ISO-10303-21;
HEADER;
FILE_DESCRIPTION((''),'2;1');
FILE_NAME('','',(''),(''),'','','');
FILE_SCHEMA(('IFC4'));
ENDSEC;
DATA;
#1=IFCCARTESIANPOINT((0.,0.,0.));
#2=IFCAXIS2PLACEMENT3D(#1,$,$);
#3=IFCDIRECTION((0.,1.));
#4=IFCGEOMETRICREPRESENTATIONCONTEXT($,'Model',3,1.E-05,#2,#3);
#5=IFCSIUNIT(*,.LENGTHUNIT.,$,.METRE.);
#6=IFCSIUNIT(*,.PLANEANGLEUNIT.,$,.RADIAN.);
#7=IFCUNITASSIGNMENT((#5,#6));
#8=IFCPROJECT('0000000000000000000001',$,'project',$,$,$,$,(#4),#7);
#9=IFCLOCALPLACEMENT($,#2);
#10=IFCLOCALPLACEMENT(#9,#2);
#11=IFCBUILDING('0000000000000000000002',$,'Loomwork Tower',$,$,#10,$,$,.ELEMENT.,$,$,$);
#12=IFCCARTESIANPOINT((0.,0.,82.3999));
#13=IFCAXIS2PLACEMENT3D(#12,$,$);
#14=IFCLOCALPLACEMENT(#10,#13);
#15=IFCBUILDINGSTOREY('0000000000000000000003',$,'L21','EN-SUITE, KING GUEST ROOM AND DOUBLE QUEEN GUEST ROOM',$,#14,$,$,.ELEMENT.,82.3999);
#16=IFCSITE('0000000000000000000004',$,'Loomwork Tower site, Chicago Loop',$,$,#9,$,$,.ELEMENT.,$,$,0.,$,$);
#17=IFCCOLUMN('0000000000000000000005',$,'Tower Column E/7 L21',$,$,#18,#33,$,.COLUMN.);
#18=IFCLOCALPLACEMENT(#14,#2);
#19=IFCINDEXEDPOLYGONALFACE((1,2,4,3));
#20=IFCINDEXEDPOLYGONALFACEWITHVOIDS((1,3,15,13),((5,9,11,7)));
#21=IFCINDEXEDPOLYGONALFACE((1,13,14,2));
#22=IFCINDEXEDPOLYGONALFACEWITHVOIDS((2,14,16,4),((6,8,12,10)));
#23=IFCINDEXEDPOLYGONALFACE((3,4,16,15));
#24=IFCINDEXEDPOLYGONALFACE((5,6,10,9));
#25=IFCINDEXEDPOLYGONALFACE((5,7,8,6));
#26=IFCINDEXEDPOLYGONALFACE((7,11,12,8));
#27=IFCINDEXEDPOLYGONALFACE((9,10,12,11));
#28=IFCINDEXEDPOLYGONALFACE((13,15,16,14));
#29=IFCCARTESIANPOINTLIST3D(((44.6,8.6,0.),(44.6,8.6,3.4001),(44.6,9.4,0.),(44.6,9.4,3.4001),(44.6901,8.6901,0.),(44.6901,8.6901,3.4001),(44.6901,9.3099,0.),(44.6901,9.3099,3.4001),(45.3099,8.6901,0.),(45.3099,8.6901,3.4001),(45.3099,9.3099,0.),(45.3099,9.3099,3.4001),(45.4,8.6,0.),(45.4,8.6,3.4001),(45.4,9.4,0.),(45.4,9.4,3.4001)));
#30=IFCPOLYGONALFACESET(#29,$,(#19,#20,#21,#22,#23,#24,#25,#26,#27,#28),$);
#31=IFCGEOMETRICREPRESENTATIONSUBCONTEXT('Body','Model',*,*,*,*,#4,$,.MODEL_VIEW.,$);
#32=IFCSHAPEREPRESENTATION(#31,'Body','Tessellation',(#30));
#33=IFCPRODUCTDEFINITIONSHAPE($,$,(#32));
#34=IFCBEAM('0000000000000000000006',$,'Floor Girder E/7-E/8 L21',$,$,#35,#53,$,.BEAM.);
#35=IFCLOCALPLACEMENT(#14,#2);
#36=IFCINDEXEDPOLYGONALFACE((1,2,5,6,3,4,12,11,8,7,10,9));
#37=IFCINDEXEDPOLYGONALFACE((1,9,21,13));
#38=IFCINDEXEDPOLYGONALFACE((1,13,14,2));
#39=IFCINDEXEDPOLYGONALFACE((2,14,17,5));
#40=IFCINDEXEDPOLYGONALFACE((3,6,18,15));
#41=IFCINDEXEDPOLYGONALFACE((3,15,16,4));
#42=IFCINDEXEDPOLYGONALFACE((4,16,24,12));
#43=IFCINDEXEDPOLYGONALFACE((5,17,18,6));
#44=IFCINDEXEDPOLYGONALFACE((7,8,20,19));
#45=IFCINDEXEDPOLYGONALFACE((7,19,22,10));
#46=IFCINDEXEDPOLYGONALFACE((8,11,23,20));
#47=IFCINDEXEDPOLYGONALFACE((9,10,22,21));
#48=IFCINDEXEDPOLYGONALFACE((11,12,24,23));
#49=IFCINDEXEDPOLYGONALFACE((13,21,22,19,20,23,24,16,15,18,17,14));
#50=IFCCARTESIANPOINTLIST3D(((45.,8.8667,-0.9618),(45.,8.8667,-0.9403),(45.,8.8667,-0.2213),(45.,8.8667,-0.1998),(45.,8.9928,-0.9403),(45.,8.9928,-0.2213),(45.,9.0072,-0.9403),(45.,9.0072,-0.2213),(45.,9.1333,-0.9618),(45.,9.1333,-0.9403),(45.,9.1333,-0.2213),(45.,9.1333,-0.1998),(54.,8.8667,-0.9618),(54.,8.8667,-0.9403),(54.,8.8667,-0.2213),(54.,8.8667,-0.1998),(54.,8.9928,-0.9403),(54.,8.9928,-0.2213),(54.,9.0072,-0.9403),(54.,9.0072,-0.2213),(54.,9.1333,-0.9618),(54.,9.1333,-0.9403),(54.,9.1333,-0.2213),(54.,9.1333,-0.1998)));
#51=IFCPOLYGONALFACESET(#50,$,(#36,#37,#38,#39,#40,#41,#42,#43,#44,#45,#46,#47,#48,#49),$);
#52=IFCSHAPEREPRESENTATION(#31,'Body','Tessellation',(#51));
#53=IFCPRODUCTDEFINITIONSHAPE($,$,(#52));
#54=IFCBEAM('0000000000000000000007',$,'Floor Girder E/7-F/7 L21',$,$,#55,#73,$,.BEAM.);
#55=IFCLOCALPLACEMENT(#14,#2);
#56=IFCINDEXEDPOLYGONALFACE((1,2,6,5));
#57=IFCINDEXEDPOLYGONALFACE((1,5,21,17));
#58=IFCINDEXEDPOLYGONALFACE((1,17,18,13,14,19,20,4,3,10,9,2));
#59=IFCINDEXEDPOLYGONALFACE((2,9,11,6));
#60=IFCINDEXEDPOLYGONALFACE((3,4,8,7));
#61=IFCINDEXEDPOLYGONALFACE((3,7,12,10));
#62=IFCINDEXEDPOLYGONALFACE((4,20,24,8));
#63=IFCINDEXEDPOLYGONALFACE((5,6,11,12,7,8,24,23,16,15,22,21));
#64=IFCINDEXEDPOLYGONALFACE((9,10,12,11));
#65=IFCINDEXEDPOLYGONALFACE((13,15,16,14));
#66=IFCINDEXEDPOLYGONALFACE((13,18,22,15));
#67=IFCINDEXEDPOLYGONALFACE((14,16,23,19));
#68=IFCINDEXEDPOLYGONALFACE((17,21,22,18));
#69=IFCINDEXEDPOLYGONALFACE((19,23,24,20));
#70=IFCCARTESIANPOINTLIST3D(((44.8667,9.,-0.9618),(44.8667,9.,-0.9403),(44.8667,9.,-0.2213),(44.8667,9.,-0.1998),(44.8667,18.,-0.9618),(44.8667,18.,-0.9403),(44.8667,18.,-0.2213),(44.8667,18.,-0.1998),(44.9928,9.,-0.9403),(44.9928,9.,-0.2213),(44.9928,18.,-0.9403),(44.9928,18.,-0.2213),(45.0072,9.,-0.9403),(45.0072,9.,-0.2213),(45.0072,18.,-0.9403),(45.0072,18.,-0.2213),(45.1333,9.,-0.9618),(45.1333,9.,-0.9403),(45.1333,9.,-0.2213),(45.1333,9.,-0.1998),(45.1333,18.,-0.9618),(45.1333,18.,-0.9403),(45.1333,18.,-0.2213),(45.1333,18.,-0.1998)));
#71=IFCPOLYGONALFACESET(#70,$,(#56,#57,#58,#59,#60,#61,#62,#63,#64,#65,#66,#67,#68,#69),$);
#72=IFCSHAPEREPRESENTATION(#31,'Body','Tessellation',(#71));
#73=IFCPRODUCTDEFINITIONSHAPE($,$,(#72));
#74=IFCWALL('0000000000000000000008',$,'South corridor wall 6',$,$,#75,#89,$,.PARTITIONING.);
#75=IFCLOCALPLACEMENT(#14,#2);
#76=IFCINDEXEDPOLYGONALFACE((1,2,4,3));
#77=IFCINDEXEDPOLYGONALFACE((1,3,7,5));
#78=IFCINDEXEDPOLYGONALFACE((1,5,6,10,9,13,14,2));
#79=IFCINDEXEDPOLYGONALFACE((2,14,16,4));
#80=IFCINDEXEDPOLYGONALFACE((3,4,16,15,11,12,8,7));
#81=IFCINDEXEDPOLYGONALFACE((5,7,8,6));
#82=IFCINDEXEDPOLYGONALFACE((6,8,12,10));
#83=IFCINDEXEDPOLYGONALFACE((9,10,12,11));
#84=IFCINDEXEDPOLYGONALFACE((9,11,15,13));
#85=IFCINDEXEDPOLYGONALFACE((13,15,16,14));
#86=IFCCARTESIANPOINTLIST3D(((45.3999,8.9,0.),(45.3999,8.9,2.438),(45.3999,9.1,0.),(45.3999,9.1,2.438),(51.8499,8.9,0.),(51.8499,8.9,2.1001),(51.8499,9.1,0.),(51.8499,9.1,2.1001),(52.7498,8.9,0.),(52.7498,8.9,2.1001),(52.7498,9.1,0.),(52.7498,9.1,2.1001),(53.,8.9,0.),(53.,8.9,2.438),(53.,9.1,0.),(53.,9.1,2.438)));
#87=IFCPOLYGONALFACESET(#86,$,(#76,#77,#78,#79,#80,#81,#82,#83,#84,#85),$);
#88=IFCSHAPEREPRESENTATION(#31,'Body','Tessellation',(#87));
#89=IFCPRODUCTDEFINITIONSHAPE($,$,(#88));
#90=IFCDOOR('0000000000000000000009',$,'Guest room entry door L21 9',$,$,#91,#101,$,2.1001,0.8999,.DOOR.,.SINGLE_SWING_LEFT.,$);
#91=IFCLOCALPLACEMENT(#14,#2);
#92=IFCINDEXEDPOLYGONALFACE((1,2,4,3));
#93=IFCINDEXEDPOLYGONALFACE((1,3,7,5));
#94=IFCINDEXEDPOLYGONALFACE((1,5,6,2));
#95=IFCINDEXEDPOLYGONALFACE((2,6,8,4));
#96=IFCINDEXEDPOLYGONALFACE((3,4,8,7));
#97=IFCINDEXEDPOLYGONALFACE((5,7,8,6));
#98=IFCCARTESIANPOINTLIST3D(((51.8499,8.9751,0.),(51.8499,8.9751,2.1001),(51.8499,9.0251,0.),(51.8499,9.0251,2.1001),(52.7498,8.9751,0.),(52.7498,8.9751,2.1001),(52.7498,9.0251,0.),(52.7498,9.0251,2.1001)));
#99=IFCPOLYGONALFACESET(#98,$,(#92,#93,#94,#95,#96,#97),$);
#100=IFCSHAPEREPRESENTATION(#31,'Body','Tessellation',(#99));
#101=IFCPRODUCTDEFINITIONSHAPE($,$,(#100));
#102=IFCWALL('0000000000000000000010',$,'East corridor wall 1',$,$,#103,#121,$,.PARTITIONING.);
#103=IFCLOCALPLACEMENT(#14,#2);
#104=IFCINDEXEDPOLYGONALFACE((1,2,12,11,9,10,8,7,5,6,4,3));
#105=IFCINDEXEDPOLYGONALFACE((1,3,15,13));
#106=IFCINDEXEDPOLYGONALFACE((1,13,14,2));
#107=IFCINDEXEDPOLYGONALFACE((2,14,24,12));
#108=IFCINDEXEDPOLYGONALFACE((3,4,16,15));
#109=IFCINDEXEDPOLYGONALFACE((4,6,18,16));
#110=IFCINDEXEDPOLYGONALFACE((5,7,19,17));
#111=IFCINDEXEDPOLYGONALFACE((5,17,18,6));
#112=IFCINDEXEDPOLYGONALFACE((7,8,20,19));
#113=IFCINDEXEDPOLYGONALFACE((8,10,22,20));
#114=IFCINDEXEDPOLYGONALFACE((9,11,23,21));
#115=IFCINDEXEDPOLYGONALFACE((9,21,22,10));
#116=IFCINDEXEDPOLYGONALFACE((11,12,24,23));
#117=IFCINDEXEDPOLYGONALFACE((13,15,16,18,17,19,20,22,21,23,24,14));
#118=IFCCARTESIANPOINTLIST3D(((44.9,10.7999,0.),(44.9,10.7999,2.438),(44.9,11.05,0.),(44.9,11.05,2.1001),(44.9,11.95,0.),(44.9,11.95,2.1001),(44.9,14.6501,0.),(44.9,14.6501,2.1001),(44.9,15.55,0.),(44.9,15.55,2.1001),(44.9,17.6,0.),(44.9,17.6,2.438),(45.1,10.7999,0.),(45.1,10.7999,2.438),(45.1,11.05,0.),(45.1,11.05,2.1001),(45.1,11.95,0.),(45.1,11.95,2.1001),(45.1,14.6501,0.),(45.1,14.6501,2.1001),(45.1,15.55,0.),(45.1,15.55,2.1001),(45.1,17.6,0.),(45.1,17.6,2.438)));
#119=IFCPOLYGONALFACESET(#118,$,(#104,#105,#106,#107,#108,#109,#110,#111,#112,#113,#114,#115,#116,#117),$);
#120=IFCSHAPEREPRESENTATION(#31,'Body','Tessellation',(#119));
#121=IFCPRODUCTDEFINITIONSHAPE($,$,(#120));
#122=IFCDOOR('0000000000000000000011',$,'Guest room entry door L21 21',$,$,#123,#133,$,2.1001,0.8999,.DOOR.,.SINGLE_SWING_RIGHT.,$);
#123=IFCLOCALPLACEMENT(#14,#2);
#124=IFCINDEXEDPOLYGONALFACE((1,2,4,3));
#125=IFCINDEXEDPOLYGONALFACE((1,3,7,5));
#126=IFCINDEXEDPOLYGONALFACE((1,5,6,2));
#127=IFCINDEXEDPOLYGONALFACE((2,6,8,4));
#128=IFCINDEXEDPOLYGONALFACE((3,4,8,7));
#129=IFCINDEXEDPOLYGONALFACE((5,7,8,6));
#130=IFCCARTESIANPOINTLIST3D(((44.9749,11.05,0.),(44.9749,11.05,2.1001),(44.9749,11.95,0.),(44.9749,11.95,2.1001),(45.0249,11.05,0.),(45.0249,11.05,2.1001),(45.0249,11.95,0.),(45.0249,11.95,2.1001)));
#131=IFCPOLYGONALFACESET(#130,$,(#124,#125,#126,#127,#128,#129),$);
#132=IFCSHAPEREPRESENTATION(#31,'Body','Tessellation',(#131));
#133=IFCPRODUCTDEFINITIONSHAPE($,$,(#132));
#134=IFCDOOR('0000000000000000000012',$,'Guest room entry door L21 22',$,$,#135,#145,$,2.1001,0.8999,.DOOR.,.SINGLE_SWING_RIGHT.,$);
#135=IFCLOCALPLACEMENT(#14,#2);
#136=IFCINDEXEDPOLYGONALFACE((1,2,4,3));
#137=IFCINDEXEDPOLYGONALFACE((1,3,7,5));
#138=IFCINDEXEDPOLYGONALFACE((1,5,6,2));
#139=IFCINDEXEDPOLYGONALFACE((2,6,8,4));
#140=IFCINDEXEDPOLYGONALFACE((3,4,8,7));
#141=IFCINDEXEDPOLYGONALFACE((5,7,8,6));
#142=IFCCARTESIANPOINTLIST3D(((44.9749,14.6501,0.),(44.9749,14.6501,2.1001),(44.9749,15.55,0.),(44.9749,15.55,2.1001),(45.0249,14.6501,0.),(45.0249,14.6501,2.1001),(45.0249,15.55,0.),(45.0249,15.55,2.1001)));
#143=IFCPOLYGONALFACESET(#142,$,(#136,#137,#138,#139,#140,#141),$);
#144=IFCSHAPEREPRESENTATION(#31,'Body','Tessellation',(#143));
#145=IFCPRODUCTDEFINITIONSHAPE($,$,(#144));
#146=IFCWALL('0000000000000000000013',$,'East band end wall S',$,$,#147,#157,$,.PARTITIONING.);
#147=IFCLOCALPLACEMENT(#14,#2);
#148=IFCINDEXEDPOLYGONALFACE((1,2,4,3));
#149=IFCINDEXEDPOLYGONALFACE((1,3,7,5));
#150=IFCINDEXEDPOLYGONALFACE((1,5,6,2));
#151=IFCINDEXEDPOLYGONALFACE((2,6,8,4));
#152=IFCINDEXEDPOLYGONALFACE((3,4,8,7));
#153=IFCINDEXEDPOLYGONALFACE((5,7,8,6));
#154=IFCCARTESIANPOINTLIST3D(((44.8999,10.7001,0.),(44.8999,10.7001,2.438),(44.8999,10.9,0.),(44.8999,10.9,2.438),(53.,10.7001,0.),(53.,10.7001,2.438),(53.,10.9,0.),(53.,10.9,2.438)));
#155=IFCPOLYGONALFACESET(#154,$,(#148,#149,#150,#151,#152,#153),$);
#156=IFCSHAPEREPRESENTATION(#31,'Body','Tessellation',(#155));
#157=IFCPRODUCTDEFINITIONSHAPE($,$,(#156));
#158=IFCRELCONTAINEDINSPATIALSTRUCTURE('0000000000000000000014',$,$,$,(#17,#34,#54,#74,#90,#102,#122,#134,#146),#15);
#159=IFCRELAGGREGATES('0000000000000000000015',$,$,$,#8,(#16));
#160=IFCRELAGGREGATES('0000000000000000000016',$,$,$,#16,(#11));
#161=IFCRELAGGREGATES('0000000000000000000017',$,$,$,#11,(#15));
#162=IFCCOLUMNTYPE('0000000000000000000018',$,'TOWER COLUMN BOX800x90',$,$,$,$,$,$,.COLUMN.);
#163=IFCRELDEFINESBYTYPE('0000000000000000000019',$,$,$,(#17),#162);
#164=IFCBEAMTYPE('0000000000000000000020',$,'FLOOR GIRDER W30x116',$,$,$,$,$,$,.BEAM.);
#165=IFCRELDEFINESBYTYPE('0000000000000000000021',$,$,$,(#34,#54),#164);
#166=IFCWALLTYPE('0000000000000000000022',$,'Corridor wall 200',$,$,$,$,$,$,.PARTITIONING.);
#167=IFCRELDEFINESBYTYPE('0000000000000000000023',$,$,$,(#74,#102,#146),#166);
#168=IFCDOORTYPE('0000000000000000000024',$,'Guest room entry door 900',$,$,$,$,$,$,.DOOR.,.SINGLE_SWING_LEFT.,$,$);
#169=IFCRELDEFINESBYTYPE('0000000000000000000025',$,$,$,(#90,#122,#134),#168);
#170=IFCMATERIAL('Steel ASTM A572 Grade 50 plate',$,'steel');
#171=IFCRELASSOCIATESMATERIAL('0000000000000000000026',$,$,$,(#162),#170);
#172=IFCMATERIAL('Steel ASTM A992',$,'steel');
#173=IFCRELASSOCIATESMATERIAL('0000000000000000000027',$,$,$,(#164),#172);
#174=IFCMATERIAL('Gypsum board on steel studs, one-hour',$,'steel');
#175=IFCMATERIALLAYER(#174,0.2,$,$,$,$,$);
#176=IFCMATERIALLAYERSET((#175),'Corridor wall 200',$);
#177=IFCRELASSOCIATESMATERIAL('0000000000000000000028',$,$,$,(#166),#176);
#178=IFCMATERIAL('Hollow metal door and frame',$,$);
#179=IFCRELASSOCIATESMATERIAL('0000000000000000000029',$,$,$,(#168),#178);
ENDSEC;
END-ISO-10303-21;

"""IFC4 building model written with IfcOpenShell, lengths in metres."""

from ifc_helpers import new_model, si_unit, direction, frame, frame_2d, origin, origin_2d, place, context, subcontext, project, spatial, rectangle, hollow_rectangle, i_section, extrude, material, layer, layer_set, material_profile, profile_set, type_object, element, fill, save


model = new_model("IFC4")

# Units and contexts
model_context = context("Model", 3, precision=1e-05, world=origin(), true_north=direction((0.0, 1.0)))
body_context = subcontext(model_context, "Body", "Model", "MODEL_VIEW")
ifc_project = project(units=[si_unit("LENGTHUNIT", "METRE"), si_unit("PLANEANGLEUNIT", "RADIAN")], contexts=[model_context])

# Site, building, storey
site_placement = place(None, origin())
site = spatial("IfcSite", under=ifc_project, at=site_placement, Name="Loomwork Tower site, Chicago Loop", CompositionType="ELEMENT", RefElevation=0.0)
building_placement = place(site_placement, origin())
building = spatial("IfcBuilding", under=site, at=building_placement, Name="Loomwork Tower", CompositionType="ELEMENT")
storey_placement = place(building_placement, frame((0.0, 0.0, 82.3999)))
storey = spatial("IfcBuildingStorey", under=building, at=storey_placement, Name="L21", Description="EN-SUITE, KING GUEST ROOM AND DOUBLE QUEEN GUEST ROOM", CompositionType="ELEMENT", Elevation=82.3999)

# Column
ifc_material_1 = material(Name="Steel ASTM A572 Grade 50 plate", Category="steel")
ifc_material_profile_1 = material_profile(ifc_material_1, hollow_rectangle(XDim=0.8, YDim=0.8, WallThickness=0.0901, at=origin_2d()), Name="BOX800x90")
ifc_profile_set_1 = profile_set([ifc_material_profile_1], Name="Steel ASTM A572 Grade 50 plate")
column_type = type_object("IfcColumnType", Name="TOWER COLUMN BOX800x90", PredefinedType="COLUMN", material=ifc_profile_set_1)
column_placement = place(storey_placement, frame((45.0, 9.0, 0.0), z_axis=(0.0, 0.0, 1.0), x_axis=(0.0, 1.0, 0.0)))
element("IfcColumn", 1, at=column_placement, inside=storey, type_object=column_type, Name="Tower Column E/7 L21", PredefinedType="COLUMN", context=body_context, shape_type="SweptSolid", body=[
    extrude(hollow_rectangle(XDim=0.8, YDim=0.8, WallThickness=0.0901, at=origin_2d()), origin(), (0.0, 0.0, 1.0), 3.4001),
])

# Beams
ifc_material_2 = material(Name="Steel ASTM A992", Category="steel")
ifc_material_profile_2 = material_profile(ifc_material_2, i_section(OverallWidth=0.2666, OverallDepth=0.762, WebThickness=0.0144, FlangeThickness=0.0215, at=origin_2d()), Name="W30x116")
ifc_profile_set_2 = profile_set([ifc_material_profile_2], Name="Steel ASTM A992")
beam_type = type_object("IfcBeamType", Name="FLOOR GIRDER W30x116", PredefinedType="BEAM", material=ifc_profile_set_2)
for number, where, z_axis, x_axis, name in (
    (2, (45.0, 9.0, -0.5808), (1.0, 0.0, 0.0), (0.0, 1.0, 0.0), "Floor Girder E/7-E/8 L21"),
    (3, (45.0, 9.0, -0.5808), (0.0, 1.0, 0.0), (-1.0, 0.0, 0.0), "Floor Girder E/7-F/7 L21"),
):
    element("IfcBeam", number, at=place(storey_placement, frame(where, z_axis=z_axis, x_axis=x_axis)), inside=storey, type_object=beam_type, Name=name, PredefinedType="BEAM", context=body_context, shape_type="SweptSolid", body=[
        extrude(i_section(OverallWidth=0.2666, OverallDepth=0.762, WebThickness=0.0144, FlangeThickness=0.0215, at=origin_2d()), origin(), (0.0, 0.0, 1.0), 9.0),
    ])

# Wall, opening, door
ifc_material_3 = material(Name="Gypsum board on steel studs, one-hour", Category="steel")
ifc_layer_1 = layer(ifc_material_3, 0.2)
ifc_layer_set_1 = layer_set([ifc_layer_1], Name="Corridor wall 200")
wall_type_1 = type_object("IfcWallType", Name="Corridor wall 200", PredefinedType="PARTITIONING", material=ifc_layer_set_1)
wall_1_placement = place(storey_placement, frame((45.3999, 9.0, 0.0), z_axis=(0.0, 0.0, 1.0), x_axis=(1.0, 0.0, 0.0)))
wall_1 = element("IfcWall", 4, at=wall_1_placement, inside=storey, type_object=wall_type_1, Name="South corridor wall 6", PredefinedType="PARTITIONING", context=body_context, shape_type="SweptSolid", body=[
    extrude(rectangle(XDim=7.6001, YDim=0.2, at=frame_2d((3.8, 0.0))), origin(), (0.0, 0.0, 1.0), 2.438),
])
opening_1_placement = place(wall_1_placement, frame((6.45, 0.0, 0.0)))
opening_1 = element("IfcOpeningElement", 5, at=opening_1_placement, cuts=wall_1, PredefinedType="OPENING", context=body_context, shape_type="SweptSolid", body=[
    extrude(rectangle(XDim=0.8999, YDim=2.1001, at=frame_2d((0.45, 1.05))), frame((0.0, 0.1099, 0.0), z_axis=(0.0, -1.0, 0.0), x_axis=(1.0, 0.0, 0.0)), (0.0, 0.0, 1.0), 0.22),
])
ifc_material_4 = material(Name="Hollow metal door and frame")
door_type_1 = type_object("IfcDoorType", Name="Guest room entry door 900", OperationType="SINGLE_SWING_LEFT", PredefinedType="DOOR", material=ifc_material_4)
door_1_placement = place(opening_1_placement, frame((0.8999, 0.0, 0.0), z_axis=(0.0, 0.0, 1.0), x_axis=(-1.0, 0.0, 0.0)))
door_1 = element("IfcDoor", 6, at=door_1_placement, inside=storey, type_object=door_type_1, Name="Guest room entry door L21 9", OperationType="SINGLE_SWING_LEFT", OverallHeight=2.1001, OverallWidth=0.8999, PredefinedType="DOOR", context=body_context, shape_type="SweptSolid", body=[
    extrude(rectangle(XDim=0.8999, YDim=2.1001, at=frame_2d((0.45, 1.05))), frame((0.0, 0.0249, 0.0), z_axis=(0.0, -1.0, 0.0), x_axis=(1.0, 0.0, 0.0)), (0.0, 0.0, 1.0), 0.05),
])
fill(opening_1, door_1)

# Wall, openings, doors
wall_2_placement = place(storey_placement, frame((45.0, 10.8, 0.0), z_axis=(0.0, 0.0, 1.0), x_axis=(0.0, 1.0, 0.0)))
wall_2 = element("IfcWall", 7, at=wall_2_placement, inside=storey, type_object=wall_type_1, Name="East corridor wall 1", PredefinedType="PARTITIONING", context=body_context, shape_type="SweptSolid", body=[
    extrude(rectangle(XDim=6.8, YDim=0.2, at=frame_2d((3.3999, 0.0))), origin(), (0.0, 0.0, 1.0), 2.438),
])
opening_2_placement = place(wall_2_placement, frame((0.25, 0.0, 0.0)))
opening_2 = element("IfcOpeningElement", 8, at=opening_2_placement, cuts=wall_2, PredefinedType="OPENING", context=body_context, shape_type="SweptSolid", body=[
    extrude(rectangle(XDim=0.8999, YDim=2.1001, at=frame_2d((0.45, 1.05))), frame((0.0, 0.1099, 0.0), z_axis=(0.0, -1.0, 0.0), x_axis=(1.0, 0.0, 0.0)), (0.0, 0.0, 1.0), 0.22),
])
opening_3_placement = place(wall_2_placement, frame((3.8501, 0.0, 0.0)))
opening_3 = element("IfcOpeningElement", 9, at=opening_3_placement, cuts=wall_2, PredefinedType="OPENING", context=body_context, shape_type="SweptSolid", body=[
    extrude(rectangle(XDim=0.8999, YDim=2.1001, at=frame_2d((0.45, 1.05))), frame((0.0, 0.1099, 0.0), z_axis=(0.0, -1.0, 0.0), x_axis=(1.0, 0.0, 0.0)), (0.0, 0.0, 1.0), 0.22),
])
door_2_placement = place(opening_2_placement, frame((0.8999, 0.0, 0.0), z_axis=(0.0, 0.0, 1.0), x_axis=(-1.0, 0.0, 0.0)))
door_2 = element("IfcDoor", 10, at=door_2_placement, inside=storey, type_object=door_type_1, Name="Guest room entry door L21 21", OperationType="SINGLE_SWING_RIGHT", OverallHeight=2.1001, OverallWidth=0.8999, PredefinedType="DOOR", context=body_context, shape_type="SweptSolid", body=[
    extrude(rectangle(XDim=0.8999, YDim=2.1001, at=frame_2d((0.45, 1.05))), frame((0.0, 0.0249, 0.0), z_axis=(0.0, -1.0, 0.0), x_axis=(1.0, 0.0, 0.0)), (0.0, 0.0, 1.0), 0.05),
])
fill(opening_2, door_2)
door_3_placement = place(opening_3_placement, frame((0.8999, 0.0, 0.0), z_axis=(0.0, 0.0, 1.0), x_axis=(-1.0, 0.0, 0.0)))
door_3 = element("IfcDoor", 11, at=door_3_placement, inside=storey, type_object=door_type_1, Name="Guest room entry door L21 22", OperationType="SINGLE_SWING_RIGHT", OverallHeight=2.1001, OverallWidth=0.8999, PredefinedType="DOOR", context=body_context, shape_type="SweptSolid", body=[
    extrude(rectangle(XDim=0.8999, YDim=2.1001, at=frame_2d((0.45, 1.05))), frame((0.0, 0.0249, 0.0), z_axis=(0.0, -1.0, 0.0), x_axis=(1.0, 0.0, 0.0)), (0.0, 0.0, 1.0), 0.05),
])
fill(opening_3, door_3)

# Wall
wall_3_placement = place(storey_placement, frame((44.8999, 10.8, 0.0), z_axis=(0.0, 0.0, 1.0), x_axis=(1.0, 0.0, 0.0)))
element("IfcWall", 12, at=wall_3_placement, inside=storey, type_object=wall_type_1, Name="East band end wall S", PredefinedType="PARTITIONING", context=body_context, shape_type="SweptSolid", body=[
    extrude(rectangle(XDim=8.1001, YDim=0.2, at=frame_2d((4.05, 0.0))), origin(), (0.0, 0.0, 1.0), 2.438),
])

save(model, "model.ifc")
